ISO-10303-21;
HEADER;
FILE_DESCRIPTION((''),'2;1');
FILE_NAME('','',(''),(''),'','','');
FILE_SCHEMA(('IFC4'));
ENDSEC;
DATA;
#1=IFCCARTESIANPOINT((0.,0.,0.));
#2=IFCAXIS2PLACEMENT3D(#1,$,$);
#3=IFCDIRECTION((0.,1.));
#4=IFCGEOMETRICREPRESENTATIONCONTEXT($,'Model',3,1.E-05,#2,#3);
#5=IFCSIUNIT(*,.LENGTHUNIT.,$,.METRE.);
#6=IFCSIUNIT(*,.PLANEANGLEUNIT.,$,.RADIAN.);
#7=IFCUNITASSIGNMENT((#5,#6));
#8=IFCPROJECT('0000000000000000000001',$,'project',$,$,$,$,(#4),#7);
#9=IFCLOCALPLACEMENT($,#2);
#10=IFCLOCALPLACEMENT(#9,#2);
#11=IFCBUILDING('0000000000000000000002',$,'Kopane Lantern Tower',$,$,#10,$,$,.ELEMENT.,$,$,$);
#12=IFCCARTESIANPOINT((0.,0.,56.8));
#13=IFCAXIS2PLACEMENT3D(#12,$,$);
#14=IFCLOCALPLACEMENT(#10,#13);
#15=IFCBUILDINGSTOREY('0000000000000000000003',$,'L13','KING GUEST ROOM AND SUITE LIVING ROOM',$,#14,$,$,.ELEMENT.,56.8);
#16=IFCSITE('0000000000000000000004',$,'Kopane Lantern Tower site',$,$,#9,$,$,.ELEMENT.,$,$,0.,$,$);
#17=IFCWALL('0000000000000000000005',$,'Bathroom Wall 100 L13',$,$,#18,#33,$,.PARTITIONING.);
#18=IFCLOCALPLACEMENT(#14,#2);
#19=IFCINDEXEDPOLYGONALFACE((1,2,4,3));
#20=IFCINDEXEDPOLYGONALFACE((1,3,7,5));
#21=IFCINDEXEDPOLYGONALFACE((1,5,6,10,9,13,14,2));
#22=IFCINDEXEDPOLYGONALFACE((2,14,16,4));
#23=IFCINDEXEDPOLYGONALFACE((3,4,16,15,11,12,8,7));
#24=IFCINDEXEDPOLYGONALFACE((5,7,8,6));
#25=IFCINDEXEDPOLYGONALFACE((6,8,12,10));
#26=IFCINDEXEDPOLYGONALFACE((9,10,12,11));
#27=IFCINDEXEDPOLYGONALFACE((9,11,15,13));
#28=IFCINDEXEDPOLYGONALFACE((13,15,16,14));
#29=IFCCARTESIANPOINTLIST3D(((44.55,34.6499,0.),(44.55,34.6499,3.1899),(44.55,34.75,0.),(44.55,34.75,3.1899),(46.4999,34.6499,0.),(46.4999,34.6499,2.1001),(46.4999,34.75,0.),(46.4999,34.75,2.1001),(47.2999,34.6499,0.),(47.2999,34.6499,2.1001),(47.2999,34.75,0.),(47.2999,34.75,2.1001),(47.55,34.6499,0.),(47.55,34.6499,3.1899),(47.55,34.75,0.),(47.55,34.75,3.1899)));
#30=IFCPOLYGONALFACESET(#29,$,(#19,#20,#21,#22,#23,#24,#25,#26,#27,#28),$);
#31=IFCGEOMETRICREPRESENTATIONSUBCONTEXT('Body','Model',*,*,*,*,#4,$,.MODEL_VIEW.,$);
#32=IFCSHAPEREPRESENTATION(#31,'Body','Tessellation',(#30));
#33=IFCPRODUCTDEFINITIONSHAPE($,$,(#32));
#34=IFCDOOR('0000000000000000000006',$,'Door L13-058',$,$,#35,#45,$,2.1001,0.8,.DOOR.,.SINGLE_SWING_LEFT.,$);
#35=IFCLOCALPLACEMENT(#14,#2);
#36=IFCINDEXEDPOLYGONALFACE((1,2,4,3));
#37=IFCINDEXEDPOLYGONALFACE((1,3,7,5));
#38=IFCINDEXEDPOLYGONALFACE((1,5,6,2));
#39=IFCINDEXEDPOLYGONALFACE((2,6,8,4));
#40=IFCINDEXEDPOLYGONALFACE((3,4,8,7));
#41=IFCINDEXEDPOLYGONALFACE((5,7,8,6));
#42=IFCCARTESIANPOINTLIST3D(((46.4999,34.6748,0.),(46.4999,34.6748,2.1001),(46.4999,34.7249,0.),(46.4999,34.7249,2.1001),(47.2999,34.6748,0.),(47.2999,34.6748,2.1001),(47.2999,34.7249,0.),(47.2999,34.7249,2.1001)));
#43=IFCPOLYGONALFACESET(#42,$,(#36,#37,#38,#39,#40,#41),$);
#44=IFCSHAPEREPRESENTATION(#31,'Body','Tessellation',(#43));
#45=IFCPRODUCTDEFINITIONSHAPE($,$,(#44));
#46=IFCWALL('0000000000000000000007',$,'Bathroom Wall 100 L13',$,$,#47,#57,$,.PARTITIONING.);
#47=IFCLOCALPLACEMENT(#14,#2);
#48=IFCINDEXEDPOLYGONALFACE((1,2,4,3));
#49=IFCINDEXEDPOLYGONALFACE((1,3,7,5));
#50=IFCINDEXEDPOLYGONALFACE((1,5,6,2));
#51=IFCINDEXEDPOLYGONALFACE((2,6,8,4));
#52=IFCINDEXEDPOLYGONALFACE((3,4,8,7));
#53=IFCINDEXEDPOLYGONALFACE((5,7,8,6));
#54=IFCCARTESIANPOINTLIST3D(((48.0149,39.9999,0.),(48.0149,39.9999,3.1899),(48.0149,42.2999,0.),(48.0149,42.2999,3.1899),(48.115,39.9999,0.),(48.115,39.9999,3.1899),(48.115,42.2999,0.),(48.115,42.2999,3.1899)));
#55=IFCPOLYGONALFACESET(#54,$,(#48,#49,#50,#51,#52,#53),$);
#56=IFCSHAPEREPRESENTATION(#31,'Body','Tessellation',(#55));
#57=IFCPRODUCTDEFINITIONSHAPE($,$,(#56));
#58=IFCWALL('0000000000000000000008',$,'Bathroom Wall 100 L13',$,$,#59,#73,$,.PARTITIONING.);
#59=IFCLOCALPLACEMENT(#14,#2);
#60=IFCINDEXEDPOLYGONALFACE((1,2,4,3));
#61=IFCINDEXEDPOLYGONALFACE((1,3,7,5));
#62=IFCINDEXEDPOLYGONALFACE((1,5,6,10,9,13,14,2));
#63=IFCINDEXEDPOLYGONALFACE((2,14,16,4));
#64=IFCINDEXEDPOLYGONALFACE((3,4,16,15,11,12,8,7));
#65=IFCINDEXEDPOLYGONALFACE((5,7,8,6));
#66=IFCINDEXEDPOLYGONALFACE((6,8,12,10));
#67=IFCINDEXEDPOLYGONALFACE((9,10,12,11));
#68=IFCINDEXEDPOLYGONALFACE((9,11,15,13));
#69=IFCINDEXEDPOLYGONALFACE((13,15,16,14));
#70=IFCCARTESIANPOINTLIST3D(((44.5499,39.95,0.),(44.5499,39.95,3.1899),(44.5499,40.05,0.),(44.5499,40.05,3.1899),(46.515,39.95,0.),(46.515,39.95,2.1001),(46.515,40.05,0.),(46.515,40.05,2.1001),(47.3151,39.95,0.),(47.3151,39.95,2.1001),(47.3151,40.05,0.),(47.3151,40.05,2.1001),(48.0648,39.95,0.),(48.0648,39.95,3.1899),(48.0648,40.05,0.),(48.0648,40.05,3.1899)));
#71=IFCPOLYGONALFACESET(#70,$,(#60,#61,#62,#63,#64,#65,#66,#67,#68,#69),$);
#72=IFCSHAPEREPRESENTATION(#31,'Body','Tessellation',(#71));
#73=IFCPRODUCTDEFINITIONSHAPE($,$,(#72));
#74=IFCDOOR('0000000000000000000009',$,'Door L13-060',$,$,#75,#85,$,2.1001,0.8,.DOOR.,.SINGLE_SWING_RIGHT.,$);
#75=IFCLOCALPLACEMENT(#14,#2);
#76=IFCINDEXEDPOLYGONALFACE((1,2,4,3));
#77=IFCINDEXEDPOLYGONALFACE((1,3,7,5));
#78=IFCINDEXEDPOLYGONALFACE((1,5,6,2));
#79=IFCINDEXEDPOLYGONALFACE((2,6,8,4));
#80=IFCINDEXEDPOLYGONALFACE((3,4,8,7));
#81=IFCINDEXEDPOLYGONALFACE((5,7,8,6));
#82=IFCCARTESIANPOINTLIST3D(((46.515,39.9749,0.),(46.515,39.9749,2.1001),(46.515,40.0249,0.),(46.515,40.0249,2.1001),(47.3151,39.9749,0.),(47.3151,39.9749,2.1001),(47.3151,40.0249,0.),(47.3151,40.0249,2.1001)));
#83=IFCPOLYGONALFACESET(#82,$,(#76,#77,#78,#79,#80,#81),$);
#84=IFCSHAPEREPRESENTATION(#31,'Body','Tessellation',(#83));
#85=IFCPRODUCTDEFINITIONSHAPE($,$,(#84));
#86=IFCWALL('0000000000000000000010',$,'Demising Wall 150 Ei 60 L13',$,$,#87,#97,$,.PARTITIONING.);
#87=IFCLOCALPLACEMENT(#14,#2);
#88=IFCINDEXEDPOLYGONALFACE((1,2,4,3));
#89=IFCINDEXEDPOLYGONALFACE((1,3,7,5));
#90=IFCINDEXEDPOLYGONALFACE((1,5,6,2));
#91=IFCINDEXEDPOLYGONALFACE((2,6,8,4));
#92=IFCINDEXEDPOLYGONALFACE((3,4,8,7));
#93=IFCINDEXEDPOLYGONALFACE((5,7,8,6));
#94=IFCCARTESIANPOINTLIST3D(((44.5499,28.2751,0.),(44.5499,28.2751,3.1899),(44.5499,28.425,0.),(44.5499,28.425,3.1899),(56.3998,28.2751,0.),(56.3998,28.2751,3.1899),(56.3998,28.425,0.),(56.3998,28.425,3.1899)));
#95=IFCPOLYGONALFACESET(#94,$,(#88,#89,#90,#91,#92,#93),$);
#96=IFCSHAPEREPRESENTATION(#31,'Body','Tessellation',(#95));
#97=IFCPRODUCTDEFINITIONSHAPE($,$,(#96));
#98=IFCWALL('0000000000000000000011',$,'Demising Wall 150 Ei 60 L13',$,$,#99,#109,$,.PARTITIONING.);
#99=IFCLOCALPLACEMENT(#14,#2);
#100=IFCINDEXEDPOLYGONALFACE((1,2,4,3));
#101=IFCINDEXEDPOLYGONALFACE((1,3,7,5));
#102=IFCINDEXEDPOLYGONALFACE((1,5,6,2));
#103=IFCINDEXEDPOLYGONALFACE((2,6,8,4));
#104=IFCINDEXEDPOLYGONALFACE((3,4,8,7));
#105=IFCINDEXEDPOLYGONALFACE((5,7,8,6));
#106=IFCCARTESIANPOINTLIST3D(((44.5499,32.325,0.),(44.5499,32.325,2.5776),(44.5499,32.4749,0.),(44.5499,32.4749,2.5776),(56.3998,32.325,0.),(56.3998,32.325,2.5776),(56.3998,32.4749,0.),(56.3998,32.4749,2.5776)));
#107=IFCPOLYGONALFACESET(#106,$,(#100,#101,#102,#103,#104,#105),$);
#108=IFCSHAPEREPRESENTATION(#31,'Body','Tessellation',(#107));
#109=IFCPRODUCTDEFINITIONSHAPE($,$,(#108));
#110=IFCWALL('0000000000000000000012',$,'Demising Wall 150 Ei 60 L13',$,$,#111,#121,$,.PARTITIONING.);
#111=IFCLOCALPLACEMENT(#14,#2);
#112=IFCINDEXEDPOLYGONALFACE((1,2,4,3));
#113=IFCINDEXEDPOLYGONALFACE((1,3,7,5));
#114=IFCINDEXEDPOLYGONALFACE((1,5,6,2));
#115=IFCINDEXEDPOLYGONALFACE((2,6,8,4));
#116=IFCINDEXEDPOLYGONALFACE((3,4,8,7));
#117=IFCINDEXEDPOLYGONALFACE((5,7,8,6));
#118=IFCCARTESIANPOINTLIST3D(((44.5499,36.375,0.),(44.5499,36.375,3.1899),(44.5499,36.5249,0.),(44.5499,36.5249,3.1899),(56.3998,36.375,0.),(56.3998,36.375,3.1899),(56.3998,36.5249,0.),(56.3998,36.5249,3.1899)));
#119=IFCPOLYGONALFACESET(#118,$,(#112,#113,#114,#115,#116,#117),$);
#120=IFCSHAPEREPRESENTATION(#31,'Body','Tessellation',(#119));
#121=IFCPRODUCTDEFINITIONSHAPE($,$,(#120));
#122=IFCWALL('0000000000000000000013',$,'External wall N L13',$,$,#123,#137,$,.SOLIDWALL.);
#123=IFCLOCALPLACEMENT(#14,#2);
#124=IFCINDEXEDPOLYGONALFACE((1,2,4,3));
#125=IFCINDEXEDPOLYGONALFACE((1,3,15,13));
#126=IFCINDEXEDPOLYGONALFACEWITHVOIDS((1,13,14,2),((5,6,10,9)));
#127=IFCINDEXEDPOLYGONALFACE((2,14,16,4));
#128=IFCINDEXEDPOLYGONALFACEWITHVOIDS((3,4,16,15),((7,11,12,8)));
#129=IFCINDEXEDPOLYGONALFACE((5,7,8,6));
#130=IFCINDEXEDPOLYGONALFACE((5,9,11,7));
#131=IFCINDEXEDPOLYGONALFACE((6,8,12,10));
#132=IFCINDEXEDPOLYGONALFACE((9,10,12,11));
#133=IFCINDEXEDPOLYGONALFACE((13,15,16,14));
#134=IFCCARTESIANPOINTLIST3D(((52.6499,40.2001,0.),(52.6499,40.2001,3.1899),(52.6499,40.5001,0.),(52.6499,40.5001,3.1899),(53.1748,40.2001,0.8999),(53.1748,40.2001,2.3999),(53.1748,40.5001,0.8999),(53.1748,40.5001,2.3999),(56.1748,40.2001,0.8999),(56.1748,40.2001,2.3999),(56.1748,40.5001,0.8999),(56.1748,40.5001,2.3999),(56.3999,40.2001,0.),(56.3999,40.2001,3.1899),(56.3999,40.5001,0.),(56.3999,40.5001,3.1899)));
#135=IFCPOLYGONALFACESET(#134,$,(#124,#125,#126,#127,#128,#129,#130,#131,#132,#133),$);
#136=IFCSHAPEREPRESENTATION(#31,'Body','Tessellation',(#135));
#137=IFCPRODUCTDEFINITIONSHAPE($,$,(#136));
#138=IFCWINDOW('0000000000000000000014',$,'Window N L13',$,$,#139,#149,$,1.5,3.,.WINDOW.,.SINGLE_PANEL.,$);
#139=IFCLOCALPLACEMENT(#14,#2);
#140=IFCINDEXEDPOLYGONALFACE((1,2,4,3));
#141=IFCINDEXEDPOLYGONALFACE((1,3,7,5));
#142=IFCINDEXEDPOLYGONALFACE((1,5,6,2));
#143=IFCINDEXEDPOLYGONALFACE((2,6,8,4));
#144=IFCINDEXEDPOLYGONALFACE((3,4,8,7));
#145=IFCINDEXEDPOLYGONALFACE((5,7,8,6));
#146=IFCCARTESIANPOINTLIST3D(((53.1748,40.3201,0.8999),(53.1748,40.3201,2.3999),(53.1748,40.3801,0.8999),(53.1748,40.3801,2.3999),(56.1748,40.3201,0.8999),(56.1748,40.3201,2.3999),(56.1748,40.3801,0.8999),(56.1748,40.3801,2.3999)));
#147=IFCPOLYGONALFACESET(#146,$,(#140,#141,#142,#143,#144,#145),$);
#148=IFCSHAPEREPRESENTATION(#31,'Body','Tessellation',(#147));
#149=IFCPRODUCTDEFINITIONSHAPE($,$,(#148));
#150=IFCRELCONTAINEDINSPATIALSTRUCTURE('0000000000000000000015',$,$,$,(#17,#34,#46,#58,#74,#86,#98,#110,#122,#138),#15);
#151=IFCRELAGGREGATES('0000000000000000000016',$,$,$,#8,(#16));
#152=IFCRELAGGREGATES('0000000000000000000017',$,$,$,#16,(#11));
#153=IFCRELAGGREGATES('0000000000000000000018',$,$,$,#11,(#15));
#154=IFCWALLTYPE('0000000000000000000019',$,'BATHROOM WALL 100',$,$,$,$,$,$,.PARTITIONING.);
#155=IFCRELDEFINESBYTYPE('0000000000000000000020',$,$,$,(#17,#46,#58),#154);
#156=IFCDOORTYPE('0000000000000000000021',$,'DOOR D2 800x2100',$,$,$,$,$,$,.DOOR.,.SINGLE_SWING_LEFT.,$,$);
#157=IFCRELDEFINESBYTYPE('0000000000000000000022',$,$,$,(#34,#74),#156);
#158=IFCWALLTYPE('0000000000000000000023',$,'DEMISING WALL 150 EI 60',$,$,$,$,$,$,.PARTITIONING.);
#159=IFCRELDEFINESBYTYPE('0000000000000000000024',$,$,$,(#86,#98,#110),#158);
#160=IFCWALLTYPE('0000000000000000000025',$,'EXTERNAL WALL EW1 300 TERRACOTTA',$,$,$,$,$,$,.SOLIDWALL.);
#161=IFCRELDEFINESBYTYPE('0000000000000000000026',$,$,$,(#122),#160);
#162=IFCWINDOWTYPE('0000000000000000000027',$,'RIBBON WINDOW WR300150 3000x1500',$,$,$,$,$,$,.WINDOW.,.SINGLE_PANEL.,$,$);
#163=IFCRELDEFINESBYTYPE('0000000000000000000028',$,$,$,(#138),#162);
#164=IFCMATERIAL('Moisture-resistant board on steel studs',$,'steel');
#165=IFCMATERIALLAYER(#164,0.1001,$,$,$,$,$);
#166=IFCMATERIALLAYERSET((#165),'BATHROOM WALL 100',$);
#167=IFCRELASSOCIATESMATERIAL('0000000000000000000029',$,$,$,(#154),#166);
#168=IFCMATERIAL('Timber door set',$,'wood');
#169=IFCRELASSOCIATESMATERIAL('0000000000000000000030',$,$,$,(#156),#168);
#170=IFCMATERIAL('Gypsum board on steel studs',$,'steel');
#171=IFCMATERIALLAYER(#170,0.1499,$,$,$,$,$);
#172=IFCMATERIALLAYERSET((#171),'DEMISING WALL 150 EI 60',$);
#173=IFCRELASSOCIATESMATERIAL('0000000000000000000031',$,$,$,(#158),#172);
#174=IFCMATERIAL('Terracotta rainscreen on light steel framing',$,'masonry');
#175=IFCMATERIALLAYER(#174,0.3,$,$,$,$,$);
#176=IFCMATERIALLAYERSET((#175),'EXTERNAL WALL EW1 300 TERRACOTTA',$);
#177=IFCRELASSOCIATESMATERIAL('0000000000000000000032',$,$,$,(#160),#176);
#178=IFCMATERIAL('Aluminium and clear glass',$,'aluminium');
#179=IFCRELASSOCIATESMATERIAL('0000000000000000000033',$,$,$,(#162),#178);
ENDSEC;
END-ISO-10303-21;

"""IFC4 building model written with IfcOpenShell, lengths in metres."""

from ifc_helpers import new_model, si_unit, direction, frame, frame_2d, origin, place, context, subcontext, project, spatial, rectangle, extrude, material, layer, layer_set, type_object, element, fill, save


model = new_model("IFC4")

# Units and contexts
model_context = context("Model", 3, precision=1e-05, world=origin(), true_north=direction((0.0, 1.0)))
body_context = subcontext(model_context, "Body", "Model", "MODEL_VIEW")
ifc_project = project(units=[si_unit("LENGTHUNIT", "METRE"), si_unit("PLANEANGLEUNIT", "RADIAN")], contexts=[model_context])

# Site, building, storey
site_placement = place(None, origin())
site = spatial("IfcSite", under=ifc_project, at=site_placement, Name="Kopane Lantern Tower site", CompositionType="ELEMENT", RefElevation=0.0)
building_placement = place(site_placement, origin())
building = spatial("IfcBuilding", under=site, at=building_placement, Name="Kopane Lantern Tower", CompositionType="ELEMENT")
storey_placement = place(building_placement, frame((0.0, 0.0, 56.8)))
storey = spatial("IfcBuildingStorey", under=building, at=storey_placement, Name="L13", Description="KING GUEST ROOM AND SUITE LIVING ROOM", CompositionType="ELEMENT", Elevation=56.8)

# Shared definitions
ifc_material_1 = material(Name="Moisture-resistant board on steel studs", Category="steel")
ifc_layer_1 = layer(ifc_material_1, 0.1001)
ifc_layer_set_1 = layer_set([ifc_layer_1], Name="BATHROOM WALL 100")
wall_type_1 = type_object("IfcWallType", Name="BATHROOM WALL 100", PredefinedType="PARTITIONING", material=ifc_layer_set_1)
ifc_material_2 = material(Name="Timber door set", Category="wood")
door_type = type_object("IfcDoorType", Name="DOOR D2 800x2100", OperationType="SINGLE_SWING_LEFT", PredefinedType="DOOR", material=ifc_material_2)

# Wall, opening, door
wall_1_placement = place(storey_placement, frame((44.55, 34.7, 0.0), z_axis=(0.0, 0.0, 1.0), x_axis=(1.0, 0.0, 0.0)))
wall_1 = element("IfcWall", 1, at=wall_1_placement, inside=storey, type_object=wall_type_1, Name="Bathroom Wall 100 L13", PredefinedType="PARTITIONING", context=body_context, shape_type="SweptSolid", body=[
    extrude(rectangle(XDim=3.0, YDim=0.1001, at=frame_2d((1.5, 0.0))), origin(), (0.0, 0.0, 1.0), 3.1899),
])
opening_1_placement = place(wall_1_placement, frame((1.95, 0.0, 0.0)))
opening_1 = element("IfcOpeningElement", 2, at=opening_1_placement, cuts=wall_1, PredefinedType="OPENING", context=body_context, shape_type="SweptSolid", body=[
    extrude(rectangle(XDim=0.8, YDim=2.1001, at=frame_2d((0.3999, 1.05))), frame((0.0, 0.0601, 0.0), z_axis=(0.0, -1.0, 0.0), x_axis=(1.0, 0.0, 0.0)), (0.0, 0.0, 1.0), 0.1201),
])
door_1_placement = place(opening_1_placement, origin())
door_1 = element("IfcDoor", 3, at=door_1_placement, inside=storey, type_object=door_type, Name="Door L13-058", OperationType="SINGLE_SWING_LEFT", OverallHeight=2.1001, OverallWidth=0.8, PredefinedType="DOOR", context=body_context, shape_type="SweptSolid", body=[
    extrude(rectangle(XDim=0.8, YDim=2.1001, at=frame_2d((0.3999, 1.05))), frame((0.0, 0.0249, 0.0), z_axis=(0.0, -1.0, 0.0), x_axis=(1.0, 0.0, 0.0)), (0.0, 0.0, 1.0), 0.05),
])
fill(opening_1, door_1)

# Wall
wall_2_placement = place(storey_placement, frame((48.0649, 40.0, 0.0), z_axis=(0.0, 0.0, 1.0), x_axis=(0.0, 1.0, 0.0)))
element("IfcWall", 4, at=wall_2_placement, inside=storey, type_object=wall_type_1, Name="Bathroom Wall 100 L13", PredefinedType="PARTITIONING", context=body_context, shape_type="SweptSolid", body=[
    extrude(rectangle(XDim=2.3, YDim=0.1001, at=frame_2d((1.1499, 0.0))), origin(), (0.0, 0.0, 1.0), 3.1899),
])

# Wall, opening, door
wall_3_placement = place(storey_placement, frame((44.55, 40.0, 0.0), z_axis=(0.0, 0.0, 1.0), x_axis=(1.0, 0.0, 0.0)))
wall_3 = element("IfcWall", 5, at=wall_3_placement, inside=storey, type_object=wall_type_1, Name="Bathroom Wall 100 L13", PredefinedType="PARTITIONING", context=body_context, shape_type="SweptSolid", body=[
    extrude(rectangle(XDim=3.5149, YDim=0.1001, at=frame_2d((1.7573, 0.0))), origin(), (0.0, 0.0, 1.0), 3.1899),
])
opening_2_placement = place(wall_3_placement, frame((1.9651, 0.0, 0.0)))
opening_2 = element("IfcOpeningElement", 6, at=opening_2_placement, cuts=wall_3, PredefinedType="OPENING", context=body_context, shape_type="SweptSolid", body=[
    extrude(rectangle(XDim=0.8, YDim=2.1001, at=frame_2d((0.3999, 1.05))), frame((0.0, 0.0601, 0.0), z_axis=(0.0, -1.0, 0.0), x_axis=(1.0, 0.0, 0.0)), (0.0, 0.0, 1.0), 0.1201),
])
door_2_placement = place(opening_2_placement, origin())
door_2 = element("IfcDoor", 7, at=door_2_placement, inside=storey, type_object=door_type, Name="Door L13-060", OperationType="SINGLE_SWING_RIGHT", OverallHeight=2.1001, OverallWidth=0.8, PredefinedType="DOOR", context=body_context, shape_type="SweptSolid", body=[
    extrude(rectangle(XDim=0.8, YDim=2.1001, at=frame_2d((0.3999, 1.05))), frame((0.0, 0.0249, 0.0), z_axis=(0.0, -1.0, 0.0), x_axis=(1.0, 0.0, 0.0)), (0.0, 0.0, 1.0), 0.05),
])
fill(opening_2, door_2)

# Walls
ifc_material_3 = material(Name="Gypsum board on steel studs", Category="steel")
ifc_layer_2 = layer(ifc_material_3, 0.1499)
ifc_layer_set_2 = layer_set([ifc_layer_2], Name="DEMISING WALL 150 EI 60")
wall_type_2 = type_object("IfcWallType", Name="DEMISING WALL 150 EI 60", PredefinedType="PARTITIONING", material=ifc_layer_set_2)
wall_4_placement = place(storey_placement, frame((44.55, 28.3501, 0.0), z_axis=(0.0, 0.0, 1.0), x_axis=(1.0, 0.0, 0.0)))
element("IfcWall", 8, at=wall_4_placement, inside=storey, type_object=wall_type_2, Name="Demising Wall 150 Ei 60 L13", PredefinedType="PARTITIONING", context=body_context, shape_type="SweptSolid", body=[
    extrude(rectangle(XDim=11.8499, YDim=0.1499, at=frame_2d((5.9248, 0.0))), origin(), (0.0, 0.0, 1.0), 3.1899),
])
wall_5_placement = place(storey_placement, frame((44.55, 32.3999, 0.0), z_axis=(0.0, 0.0, 1.0), x_axis=(1.0, 0.0, 0.0)))
element("IfcWall", 9, at=wall_5_placement, inside=storey, type_object=wall_type_2, Name="Demising Wall 150 Ei 60 L13", PredefinedType="PARTITIONING", context=body_context, shape_type="SweptSolid", body=[
    extrude(rectangle(XDim=11.8499, YDim=0.1499, at=frame_2d((5.9248, 0.0))), origin(), (0.0, 0.0, 1.0), 2.5776),
])
wall_6_placement = place(storey_placement, frame((44.55, 36.45, 0.0), z_axis=(0.0, 0.0, 1.0), x_axis=(1.0, 0.0, 0.0)))
element("IfcWall", 10, at=wall_6_placement, inside=storey, type_object=wall_type_2, Name="Demising Wall 150 Ei 60 L13", PredefinedType="PARTITIONING", context=body_context, shape_type="SweptSolid", body=[
    extrude(rectangle(XDim=11.8499, YDim=0.1499, at=frame_2d((5.9248, 0.0))), origin(), (0.0, 0.0, 1.0), 3.1899),
])

# Wall, opening, window
ifc_material_4 = material(Name="Terracotta rainscreen on light steel framing", Category="masonry")
ifc_layer_3 = layer(ifc_material_4, 0.3)
ifc_layer_set_3 = layer_set([ifc_layer_3], Name="EXTERNAL WALL EW1 300 TERRACOTTA")
wall_type_3 = type_object("IfcWallType", Name="EXTERNAL WALL EW1 300 TERRACOTTA", PredefinedType="SOLIDWALL", material=ifc_layer_set_3)
wall_7_placement = place(storey_placement, frame((56.3999, 40.3501, 0.0), z_axis=(0.0, 0.0, 1.0), x_axis=(-1.0, 0.0, 0.0)))
wall_7 = element("IfcWall", 11, at=wall_7_placement, inside=storey, type_object=wall_type_3, Name="External wall N L13", PredefinedType="SOLIDWALL", context=body_context, shape_type="SweptSolid", body=[
    extrude(rectangle(XDim=3.75, YDim=0.3, at=frame_2d((1.875, 0.0))), origin(), (0.0, 0.0, 1.0), 3.1899),
])
opening_3_placement = place(wall_7_placement, frame((0.2251, 0.0, 0.8999)))
opening_3 = element("IfcOpeningElement", 12, at=opening_3_placement, cuts=wall_7, PredefinedType="OPENING", context=body_context, shape_type="SweptSolid", body=[
    extrude(rectangle(XDim=3.0, YDim=1.5, at=frame_2d((1.5, 0.75))), frame((0.0, 0.1599, 0.0), z_axis=(0.0, -1.0, 0.0), x_axis=(1.0, 0.0, 0.0)), (0.0, 0.0, 1.0), 0.3201),
])
ifc_material_5 = material(Name="Aluminium and clear glass", Category="aluminium")
window_type = type_object("IfcWindowType", Name="RIBBON WINDOW WR300150 3000x1500", PartitioningType="SINGLE_PANEL", PredefinedType="WINDOW", material=ifc_material_5)
window_1_placement = place(opening_3_placement, origin())
window_1 = element("IfcWindow", 13, at=window_1_placement, inside=storey, type_object=window_type, Name="Window N L13", OverallHeight=1.5, OverallWidth=3.0, PartitioningType="SINGLE_PANEL", PredefinedType="WINDOW", context=body_context, shape_type="SweptSolid", body=[
    extrude(rectangle(XDim=3.0, YDim=1.5, at=frame_2d((1.5, 0.75))), frame((0.0, 0.03, 0.0), z_axis=(0.0, -1.0, 0.0), x_axis=(1.0, 0.0, 0.0)), (0.0, 0.0, 1.0), 0.0601),
])
fill(opening_3, window_1)

save(model, "model.ifc")
